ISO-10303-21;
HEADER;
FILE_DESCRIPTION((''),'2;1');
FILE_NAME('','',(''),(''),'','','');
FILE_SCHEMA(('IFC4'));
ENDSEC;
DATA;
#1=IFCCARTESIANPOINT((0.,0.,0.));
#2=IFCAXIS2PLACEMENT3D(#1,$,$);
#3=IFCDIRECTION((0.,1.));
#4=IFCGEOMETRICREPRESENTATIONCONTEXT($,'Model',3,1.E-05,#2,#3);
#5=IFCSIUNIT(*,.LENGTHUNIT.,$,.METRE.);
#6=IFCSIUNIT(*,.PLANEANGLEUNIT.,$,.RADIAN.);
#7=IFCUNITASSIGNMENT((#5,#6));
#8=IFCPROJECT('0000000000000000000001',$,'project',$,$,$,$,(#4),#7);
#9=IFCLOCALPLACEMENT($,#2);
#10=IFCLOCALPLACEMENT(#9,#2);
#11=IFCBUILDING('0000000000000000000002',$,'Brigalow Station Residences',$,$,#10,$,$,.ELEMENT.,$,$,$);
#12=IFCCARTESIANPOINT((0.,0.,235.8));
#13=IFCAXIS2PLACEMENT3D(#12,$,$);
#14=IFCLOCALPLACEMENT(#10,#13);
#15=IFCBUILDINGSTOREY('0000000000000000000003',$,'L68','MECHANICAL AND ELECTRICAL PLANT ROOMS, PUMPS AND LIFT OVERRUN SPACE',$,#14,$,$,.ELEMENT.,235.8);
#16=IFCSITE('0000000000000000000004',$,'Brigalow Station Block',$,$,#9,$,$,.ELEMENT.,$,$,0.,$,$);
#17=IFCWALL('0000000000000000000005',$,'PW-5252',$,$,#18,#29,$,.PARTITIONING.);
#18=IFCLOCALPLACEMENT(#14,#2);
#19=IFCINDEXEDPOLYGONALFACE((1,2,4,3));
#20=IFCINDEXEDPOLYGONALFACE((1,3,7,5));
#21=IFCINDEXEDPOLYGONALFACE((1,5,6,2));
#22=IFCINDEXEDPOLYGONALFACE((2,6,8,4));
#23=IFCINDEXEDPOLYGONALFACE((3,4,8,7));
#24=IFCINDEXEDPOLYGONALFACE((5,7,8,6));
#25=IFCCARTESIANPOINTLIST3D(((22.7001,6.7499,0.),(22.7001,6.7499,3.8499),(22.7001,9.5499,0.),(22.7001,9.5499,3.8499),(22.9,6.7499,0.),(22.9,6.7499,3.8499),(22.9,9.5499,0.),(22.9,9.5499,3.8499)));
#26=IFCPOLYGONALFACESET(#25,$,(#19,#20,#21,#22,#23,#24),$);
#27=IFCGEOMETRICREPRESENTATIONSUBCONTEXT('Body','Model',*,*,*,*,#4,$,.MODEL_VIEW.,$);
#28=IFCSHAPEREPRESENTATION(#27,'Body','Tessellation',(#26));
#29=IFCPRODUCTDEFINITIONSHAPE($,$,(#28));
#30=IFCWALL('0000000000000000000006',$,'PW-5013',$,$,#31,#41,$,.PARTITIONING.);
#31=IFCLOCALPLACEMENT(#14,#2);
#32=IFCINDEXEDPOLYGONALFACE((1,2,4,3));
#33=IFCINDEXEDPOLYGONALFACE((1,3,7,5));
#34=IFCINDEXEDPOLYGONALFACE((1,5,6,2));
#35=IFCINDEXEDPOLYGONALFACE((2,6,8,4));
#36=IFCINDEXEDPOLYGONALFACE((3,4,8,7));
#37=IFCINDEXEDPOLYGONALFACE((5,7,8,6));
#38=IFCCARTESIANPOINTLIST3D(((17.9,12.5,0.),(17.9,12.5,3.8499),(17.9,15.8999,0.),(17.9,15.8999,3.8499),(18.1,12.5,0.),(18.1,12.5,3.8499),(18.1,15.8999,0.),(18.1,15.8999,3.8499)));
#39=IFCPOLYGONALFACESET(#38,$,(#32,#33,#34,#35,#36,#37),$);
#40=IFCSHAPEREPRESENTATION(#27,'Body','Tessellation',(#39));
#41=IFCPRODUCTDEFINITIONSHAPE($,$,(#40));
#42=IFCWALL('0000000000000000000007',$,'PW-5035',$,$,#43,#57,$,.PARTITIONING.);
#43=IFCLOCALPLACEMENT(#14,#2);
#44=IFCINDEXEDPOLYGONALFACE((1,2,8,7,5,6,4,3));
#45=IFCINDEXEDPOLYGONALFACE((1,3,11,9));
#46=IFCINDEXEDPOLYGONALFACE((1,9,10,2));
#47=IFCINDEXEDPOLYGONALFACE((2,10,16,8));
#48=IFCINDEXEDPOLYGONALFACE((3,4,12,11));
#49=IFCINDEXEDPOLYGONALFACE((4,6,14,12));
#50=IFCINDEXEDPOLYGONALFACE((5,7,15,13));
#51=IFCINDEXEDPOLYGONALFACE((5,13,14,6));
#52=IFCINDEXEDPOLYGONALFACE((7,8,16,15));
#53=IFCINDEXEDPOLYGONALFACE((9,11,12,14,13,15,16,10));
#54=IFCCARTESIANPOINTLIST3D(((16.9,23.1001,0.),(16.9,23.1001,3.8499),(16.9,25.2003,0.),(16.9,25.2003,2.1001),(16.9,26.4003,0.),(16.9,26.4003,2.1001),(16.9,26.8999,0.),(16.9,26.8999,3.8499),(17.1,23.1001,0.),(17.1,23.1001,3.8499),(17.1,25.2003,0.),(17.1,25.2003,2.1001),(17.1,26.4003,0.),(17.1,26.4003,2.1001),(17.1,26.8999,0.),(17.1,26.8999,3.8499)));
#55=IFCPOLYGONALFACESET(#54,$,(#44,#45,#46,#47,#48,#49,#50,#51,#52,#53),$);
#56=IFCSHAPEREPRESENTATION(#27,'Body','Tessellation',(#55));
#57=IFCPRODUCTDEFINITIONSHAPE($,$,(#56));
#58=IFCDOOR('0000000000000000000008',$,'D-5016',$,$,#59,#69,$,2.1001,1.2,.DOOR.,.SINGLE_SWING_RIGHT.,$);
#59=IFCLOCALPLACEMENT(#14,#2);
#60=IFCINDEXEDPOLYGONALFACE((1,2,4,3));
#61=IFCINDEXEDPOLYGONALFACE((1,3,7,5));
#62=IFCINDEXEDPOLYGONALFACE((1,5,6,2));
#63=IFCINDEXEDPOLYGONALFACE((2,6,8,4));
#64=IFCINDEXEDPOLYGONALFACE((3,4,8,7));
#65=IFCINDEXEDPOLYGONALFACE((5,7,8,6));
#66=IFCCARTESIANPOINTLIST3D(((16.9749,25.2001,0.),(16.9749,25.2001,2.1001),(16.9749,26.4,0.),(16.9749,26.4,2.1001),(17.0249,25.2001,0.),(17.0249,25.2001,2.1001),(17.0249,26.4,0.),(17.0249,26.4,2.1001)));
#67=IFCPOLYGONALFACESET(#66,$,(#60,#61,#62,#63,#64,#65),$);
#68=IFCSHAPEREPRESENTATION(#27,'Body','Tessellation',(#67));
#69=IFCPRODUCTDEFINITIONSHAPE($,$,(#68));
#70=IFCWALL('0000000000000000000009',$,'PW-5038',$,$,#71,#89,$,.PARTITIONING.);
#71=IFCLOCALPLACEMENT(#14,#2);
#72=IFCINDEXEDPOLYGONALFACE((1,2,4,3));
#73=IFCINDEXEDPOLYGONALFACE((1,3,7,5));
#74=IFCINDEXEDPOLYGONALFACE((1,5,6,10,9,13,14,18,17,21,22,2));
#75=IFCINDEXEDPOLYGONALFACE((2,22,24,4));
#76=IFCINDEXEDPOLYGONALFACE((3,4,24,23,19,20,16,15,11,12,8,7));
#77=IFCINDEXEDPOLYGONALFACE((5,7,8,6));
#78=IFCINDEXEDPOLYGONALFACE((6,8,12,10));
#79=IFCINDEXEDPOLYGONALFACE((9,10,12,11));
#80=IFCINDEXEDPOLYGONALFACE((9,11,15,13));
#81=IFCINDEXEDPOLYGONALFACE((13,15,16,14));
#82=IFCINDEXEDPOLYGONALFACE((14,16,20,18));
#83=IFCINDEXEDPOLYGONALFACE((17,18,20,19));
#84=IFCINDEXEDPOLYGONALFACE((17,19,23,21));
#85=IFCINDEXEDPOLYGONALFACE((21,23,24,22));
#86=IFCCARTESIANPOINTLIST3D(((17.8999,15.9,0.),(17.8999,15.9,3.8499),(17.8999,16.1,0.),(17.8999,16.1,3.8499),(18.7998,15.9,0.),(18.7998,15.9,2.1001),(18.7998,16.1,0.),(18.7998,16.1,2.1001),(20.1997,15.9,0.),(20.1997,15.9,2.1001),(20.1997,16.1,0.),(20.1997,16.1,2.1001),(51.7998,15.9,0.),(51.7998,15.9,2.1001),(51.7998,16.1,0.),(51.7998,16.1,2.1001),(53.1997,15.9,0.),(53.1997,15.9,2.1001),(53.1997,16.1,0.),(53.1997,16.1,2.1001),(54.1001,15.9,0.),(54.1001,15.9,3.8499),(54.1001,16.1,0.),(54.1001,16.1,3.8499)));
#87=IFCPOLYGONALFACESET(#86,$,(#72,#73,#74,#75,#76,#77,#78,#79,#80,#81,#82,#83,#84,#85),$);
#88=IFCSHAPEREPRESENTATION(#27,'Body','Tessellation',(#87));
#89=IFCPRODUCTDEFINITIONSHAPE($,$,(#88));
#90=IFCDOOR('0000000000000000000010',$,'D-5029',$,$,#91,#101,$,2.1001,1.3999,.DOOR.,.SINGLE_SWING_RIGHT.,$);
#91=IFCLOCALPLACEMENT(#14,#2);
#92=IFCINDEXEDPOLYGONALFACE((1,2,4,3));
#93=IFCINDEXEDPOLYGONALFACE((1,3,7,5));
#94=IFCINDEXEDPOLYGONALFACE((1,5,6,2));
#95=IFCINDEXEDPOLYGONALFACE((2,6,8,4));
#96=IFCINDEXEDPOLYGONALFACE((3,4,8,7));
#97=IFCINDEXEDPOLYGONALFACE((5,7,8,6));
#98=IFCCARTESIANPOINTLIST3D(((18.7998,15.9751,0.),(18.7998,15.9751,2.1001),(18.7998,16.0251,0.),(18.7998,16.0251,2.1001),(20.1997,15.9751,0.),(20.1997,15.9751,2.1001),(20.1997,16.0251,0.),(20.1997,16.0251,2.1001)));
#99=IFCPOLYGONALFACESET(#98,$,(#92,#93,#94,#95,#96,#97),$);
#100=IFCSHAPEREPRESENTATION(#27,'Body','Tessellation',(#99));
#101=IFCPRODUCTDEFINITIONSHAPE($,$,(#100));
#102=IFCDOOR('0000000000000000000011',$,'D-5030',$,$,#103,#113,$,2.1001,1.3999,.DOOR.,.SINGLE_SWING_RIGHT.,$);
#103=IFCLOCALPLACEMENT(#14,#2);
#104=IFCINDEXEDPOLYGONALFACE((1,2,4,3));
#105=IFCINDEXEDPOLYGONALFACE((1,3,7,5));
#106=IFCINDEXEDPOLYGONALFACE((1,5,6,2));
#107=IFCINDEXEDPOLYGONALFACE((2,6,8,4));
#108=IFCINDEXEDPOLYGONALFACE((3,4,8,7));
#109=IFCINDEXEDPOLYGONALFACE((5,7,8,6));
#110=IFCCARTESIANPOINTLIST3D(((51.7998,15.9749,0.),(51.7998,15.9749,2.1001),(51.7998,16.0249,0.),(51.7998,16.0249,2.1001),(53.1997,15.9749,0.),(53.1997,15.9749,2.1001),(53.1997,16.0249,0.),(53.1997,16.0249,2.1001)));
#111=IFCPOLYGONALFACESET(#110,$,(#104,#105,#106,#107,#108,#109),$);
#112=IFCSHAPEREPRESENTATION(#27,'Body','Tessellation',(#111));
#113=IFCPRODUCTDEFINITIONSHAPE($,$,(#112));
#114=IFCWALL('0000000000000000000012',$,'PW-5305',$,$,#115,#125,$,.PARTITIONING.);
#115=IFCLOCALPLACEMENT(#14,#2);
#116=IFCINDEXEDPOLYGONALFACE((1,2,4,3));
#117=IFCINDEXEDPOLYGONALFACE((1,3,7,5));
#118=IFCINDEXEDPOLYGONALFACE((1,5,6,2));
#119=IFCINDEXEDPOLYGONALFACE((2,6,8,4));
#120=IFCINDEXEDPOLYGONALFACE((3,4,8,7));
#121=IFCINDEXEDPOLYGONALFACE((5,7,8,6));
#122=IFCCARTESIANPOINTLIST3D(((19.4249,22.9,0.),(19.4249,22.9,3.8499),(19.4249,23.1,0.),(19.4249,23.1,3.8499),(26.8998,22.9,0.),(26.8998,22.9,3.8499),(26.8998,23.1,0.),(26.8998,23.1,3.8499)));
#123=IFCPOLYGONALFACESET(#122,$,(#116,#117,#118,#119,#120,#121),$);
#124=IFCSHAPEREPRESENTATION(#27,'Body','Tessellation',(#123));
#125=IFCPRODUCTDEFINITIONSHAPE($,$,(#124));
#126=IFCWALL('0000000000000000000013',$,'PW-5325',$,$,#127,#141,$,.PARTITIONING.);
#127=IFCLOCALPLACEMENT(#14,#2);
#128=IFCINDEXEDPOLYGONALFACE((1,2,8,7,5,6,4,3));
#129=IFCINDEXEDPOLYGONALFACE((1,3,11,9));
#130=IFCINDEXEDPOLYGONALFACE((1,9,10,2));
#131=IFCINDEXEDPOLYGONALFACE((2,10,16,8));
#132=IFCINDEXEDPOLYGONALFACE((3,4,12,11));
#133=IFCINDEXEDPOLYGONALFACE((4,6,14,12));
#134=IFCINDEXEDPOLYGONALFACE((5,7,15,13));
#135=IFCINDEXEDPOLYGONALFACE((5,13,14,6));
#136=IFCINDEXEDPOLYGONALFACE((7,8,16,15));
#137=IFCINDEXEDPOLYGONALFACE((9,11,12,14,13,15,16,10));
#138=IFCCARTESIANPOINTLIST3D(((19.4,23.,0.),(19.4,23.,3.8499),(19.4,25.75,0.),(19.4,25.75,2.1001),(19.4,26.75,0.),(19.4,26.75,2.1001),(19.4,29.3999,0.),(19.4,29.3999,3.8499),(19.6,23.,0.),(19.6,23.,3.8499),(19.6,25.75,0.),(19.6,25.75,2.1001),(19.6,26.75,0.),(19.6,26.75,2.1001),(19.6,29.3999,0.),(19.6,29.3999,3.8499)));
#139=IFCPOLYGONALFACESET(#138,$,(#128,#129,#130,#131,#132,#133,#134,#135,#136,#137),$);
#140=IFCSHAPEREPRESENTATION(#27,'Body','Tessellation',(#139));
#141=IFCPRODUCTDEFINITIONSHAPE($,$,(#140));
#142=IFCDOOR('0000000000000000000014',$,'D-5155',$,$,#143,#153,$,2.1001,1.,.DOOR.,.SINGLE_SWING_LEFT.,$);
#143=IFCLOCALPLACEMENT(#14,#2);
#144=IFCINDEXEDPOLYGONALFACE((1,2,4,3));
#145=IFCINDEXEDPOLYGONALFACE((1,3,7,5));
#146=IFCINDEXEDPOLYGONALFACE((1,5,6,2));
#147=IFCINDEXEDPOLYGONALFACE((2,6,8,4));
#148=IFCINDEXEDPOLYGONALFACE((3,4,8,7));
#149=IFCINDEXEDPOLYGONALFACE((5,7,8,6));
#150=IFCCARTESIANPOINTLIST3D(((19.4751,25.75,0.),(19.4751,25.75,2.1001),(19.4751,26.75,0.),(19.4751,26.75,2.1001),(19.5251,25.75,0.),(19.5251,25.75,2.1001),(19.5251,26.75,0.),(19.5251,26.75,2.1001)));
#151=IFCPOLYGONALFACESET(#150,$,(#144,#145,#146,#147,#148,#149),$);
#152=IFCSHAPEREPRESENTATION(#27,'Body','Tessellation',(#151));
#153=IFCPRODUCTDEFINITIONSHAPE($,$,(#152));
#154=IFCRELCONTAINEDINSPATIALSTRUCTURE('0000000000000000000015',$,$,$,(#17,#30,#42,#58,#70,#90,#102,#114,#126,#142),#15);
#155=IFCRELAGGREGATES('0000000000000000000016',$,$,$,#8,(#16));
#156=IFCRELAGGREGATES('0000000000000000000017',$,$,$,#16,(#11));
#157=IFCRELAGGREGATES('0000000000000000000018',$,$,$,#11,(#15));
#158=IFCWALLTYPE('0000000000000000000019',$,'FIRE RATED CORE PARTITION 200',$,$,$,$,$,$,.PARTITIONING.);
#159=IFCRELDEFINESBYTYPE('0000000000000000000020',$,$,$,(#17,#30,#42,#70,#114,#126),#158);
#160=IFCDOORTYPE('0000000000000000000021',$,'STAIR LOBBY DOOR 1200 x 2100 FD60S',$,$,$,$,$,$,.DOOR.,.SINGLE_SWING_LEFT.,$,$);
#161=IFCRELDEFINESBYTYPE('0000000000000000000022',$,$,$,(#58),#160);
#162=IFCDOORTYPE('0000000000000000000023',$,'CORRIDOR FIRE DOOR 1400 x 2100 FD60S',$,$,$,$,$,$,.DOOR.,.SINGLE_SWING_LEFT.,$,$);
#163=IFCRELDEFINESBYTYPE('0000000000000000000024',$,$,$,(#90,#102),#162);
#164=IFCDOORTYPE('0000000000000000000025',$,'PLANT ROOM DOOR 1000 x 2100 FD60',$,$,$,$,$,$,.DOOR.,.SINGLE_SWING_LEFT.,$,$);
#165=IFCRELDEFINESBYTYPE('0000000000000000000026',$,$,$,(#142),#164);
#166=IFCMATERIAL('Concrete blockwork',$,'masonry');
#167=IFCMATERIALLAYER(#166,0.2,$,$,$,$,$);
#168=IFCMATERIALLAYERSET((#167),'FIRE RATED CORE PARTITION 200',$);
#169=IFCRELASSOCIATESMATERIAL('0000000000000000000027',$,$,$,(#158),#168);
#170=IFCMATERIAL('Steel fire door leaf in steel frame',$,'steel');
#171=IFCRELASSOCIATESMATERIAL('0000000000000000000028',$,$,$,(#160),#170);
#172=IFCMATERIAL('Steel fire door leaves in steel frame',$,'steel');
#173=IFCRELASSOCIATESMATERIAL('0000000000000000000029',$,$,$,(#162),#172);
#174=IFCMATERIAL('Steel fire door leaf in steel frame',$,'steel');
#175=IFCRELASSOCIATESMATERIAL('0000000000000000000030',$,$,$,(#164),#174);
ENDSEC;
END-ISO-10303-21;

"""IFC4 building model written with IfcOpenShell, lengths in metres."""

from ifc_helpers import new_model, si_unit, direction, frame, frame_2d, origin, place, context, subcontext, project, spatial, rectangle, extrude, material, layer, layer_set, type_object, element, fill, save


model = new_model("IFC4")

# Units and contexts
model_context = context("Model", 3, precision=1e-05, world=origin(), true_north=direction((0.0, 1.0)))
body_context = subcontext(model_context, "Body", "Model", "MODEL_VIEW")
ifc_project = project(units=[si_unit("LENGTHUNIT", "METRE"), si_unit("PLANEANGLEUNIT", "RADIAN")], contexts=[model_context])

# Site, building, storey
site_placement = place(None, origin())
site = spatial("IfcSite", under=ifc_project, at=site_placement, Name="Brigalow Station Block", CompositionType="ELEMENT", RefElevation=0.0)
building_placement = place(site_placement, origin())
building = spatial("IfcBuilding", under=site, at=building_placement, Name="Brigalow Station Residences", CompositionType="ELEMENT")
storey_placement = place(building_placement, frame((0.0, 0.0, 235.8)))
storey = spatial("IfcBuildingStorey", under=building, at=storey_placement, Name="L68", Description="MECHANICAL AND ELECTRICAL PLANT ROOMS, PUMPS AND LIFT OVERRUN SPACE", CompositionType="ELEMENT", Elevation=235.8)

# Walls
ifc_material_1 = material(Name="Concrete blockwork", Category="masonry")
ifc_layer_1 = layer(ifc_material_1, 0.2)
ifc_layer_set_1 = layer_set([ifc_layer_1], Name="FIRE RATED CORE PARTITION 200")
wall_type_1 = type_object("IfcWallType", Name="FIRE RATED CORE PARTITION 200", PredefinedType="PARTITIONING", material=ifc_layer_set_1)
wall_1_placement = place(storey_placement, frame((22.8, 6.75, 0.0), z_axis=(0.0, 0.0, 1.0), x_axis=(0.0, 1.0, 0.0)))
element("IfcWall", 1, at=wall_1_placement, inside=storey, type_object=wall_type_1, Name="PW-5252", PredefinedType="PARTITIONING", context=body_context, shape_type="SweptSolid", body=[
    extrude(rectangle(XDim=2.8, YDim=0.2, at=frame_2d((1.3999, 0.0))), origin(), (0.0, 0.0, 1.0), 3.8499),
])
wall_2_placement = place(storey_placement, frame((18.0, 12.5, 0.0), z_axis=(0.0, 0.0, 1.0), x_axis=(0.0, 1.0, 0.0)))
element("IfcWall", 2, at=wall_2_placement, inside=storey, type_object=wall_type_1, Name="PW-5013", PredefinedType="PARTITIONING", context=body_context, shape_type="SweptSolid", body=[
    extrude(rectangle(XDim=3.3999, YDim=0.2, at=frame_2d((1.7, 0.0))), origin(), (0.0, 0.0, 1.0), 3.8499),
])

# Wall, opening, door
wall_3_placement = place(storey_placement, frame((17.0, 23.1001, 0.0), z_axis=(0.0, 0.0, 1.0), x_axis=(0.0, 1.0, 0.0)))
wall_3 = element("IfcWall", 3, at=wall_3_placement, inside=storey, type_object=wall_type_1, Name="PW-5035", PredefinedType="PARTITIONING", context=body_context, shape_type="SweptSolid", body=[
    extrude(rectangle(XDim=3.7998, YDim=0.2, at=frame_2d((1.8999, 0.0))), origin(), (0.0, 0.0, 1.0), 3.8499),
])
opening_1_placement = place(wall_3_placement, frame((2.1001, 0.0, 0.0)))
opening_1 = element("IfcOpeningElement", 4, at=opening_1_placement, cuts=wall_3, PredefinedType="OPENING", context=body_context, shape_type="SweptSolid", body=[
    extrude(rectangle(XDim=1.2, YDim=2.1001, at=frame_2d((0.6001, 1.05))), frame((0.0, 0.1099, 0.0), z_axis=(0.0, -1.0, 0.0), x_axis=(1.0, 0.0, 0.0)), (0.0, 0.0, 1.0), 0.22),
])
ifc_material_2 = material(Name="Steel fire door leaf in steel frame", Category="steel")
door_type_1 = type_object("IfcDoorType", Name="STAIR LOBBY DOOR 1200 x 2100 FD60S", OperationType="SINGLE_SWING_LEFT", PredefinedType="DOOR", material=ifc_material_2)
door_1_placement = place(opening_1_placement, frame((1.2, 0.0, 0.0), z_axis=(0.0, 0.0, 1.0), x_axis=(-1.0, 0.0, 0.0)))
door_1 = element("IfcDoor", 5, at=door_1_placement, inside=storey, type_object=door_type_1, Name="D-5016", OperationType="SINGLE_SWING_RIGHT", OverallHeight=2.1001, OverallWidth=1.2, PredefinedType="DOOR", context=body_context, shape_type="SweptSolid", body=[
    extrude(rectangle(XDim=1.2, YDim=2.1001, at=frame_2d((0.6001, 1.05))), frame((0.0, 0.0249, 0.0), z_axis=(0.0, -1.0, 0.0), x_axis=(1.0, 0.0, 0.0)), (0.0, 0.0, 1.0), 0.05),
])
fill(opening_1, door_1)

# Wall, openings, doors
wall_4_placement = place(storey_placement, frame((17.8999, 16.0, 0.0), z_axis=(0.0, 0.0, 1.0), x_axis=(1.0, 0.0, 0.0)))
wall_4 = element("IfcWall", 6, at=wall_4_placement, inside=storey, type_object=wall_type_1, Name="PW-5038", PredefinedType="PARTITIONING", context=body_context, shape_type="SweptSolid", body=[
    extrude(rectangle(XDim=36.2002, YDim=0.2, at=frame_2d((18.1001, 0.0))), origin(), (0.0, 0.0, 1.0), 3.8499),
])
opening_2_placement = place(wall_4_placement, frame((0.8999, 0.0, 0.0)))
opening_2 = element("IfcOpeningElement", 7, at=opening_2_placement, cuts=wall_4, PredefinedType="OPENING", context=body_context, shape_type="SweptSolid", body=[
    extrude(rectangle(XDim=1.3999, YDim=2.1001, at=frame_2d((0.7, 1.05))), frame((0.0, 0.1099, 0.0), z_axis=(0.0, -1.0, 0.0), x_axis=(1.0, 0.0, 0.0)), (0.0, 0.0, 1.0), 0.22),
])
opening_3_placement = place(wall_4_placement, frame((33.8999, 0.0, 0.0)))
opening_3 = element("IfcOpeningElement", 8, at=opening_3_placement, cuts=wall_4, PredefinedType="OPENING", context=body_context, shape_type="SweptSolid", body=[
    extrude(rectangle(XDim=1.3999, YDim=2.1001, at=frame_2d((0.7, 1.05))), frame((0.0, 0.1099, 0.0), z_axis=(0.0, -1.0, 0.0), x_axis=(1.0, 0.0, 0.0)), (0.0, 0.0, 1.0), 0.22),
])
ifc_material_3 = material(Name="Steel fire door leaves in steel frame", Category="steel")
door_type_2 = type_object("IfcDoorType", Name="CORRIDOR FIRE DOOR 1400 x 2100 FD60S", OperationType="SINGLE_SWING_LEFT", PredefinedType="DOOR", material=ifc_material_3)
door_2_placement = place(opening_2_placement, frame((1.3999, 0.0, 0.0), z_axis=(0.0, 0.0, 1.0), x_axis=(-1.0, 0.0, 0.0)))
door_2 = element("IfcDoor", 9, at=door_2_placement, inside=storey, type_object=door_type_2, Name="D-5029", OperationType="SINGLE_SWING_RIGHT", OverallHeight=2.1001, OverallWidth=1.3999, PredefinedType="DOOR", context=body_context, shape_type="SweptSolid", body=[
    extrude(rectangle(XDim=1.3999, YDim=2.1001, at=frame_2d((0.7, 1.05))), frame((0.0, 0.0249, 0.0), z_axis=(0.0, -1.0, 0.0), x_axis=(1.0, 0.0, 0.0)), (0.0, 0.0, 1.0), 0.05),
])
fill(opening_2, door_2)
door_3_placement = place(opening_3_placement, origin())
door_3 = element("IfcDoor", 10, at=door_3_placement, inside=storey, type_object=door_type_2, Name="D-5030", OperationType="SINGLE_SWING_RIGHT", OverallHeight=2.1001, OverallWidth=1.3999, PredefinedType="DOOR", context=body_context, shape_type="SweptSolid", body=[
    extrude(rectangle(XDim=1.3999, YDim=2.1001, at=frame_2d((0.7, 1.05))), frame((0.0, 0.0249, 0.0), z_axis=(0.0, -1.0, 0.0), x_axis=(1.0, 0.0, 0.0)), (0.0, 0.0, 1.0), 0.05),
])
fill(opening_3, door_3)

# Wall
wall_5_placement = place(storey_placement, frame((19.425, 23.0, 0.0), z_axis=(0.0, 0.0, 1.0), x_axis=(1.0, 0.0, 0.0)))
element("IfcWall", 11, at=wall_5_placement, inside=storey, type_object=wall_type_1, Name="PW-5305", PredefinedType="PARTITIONING", context=body_context, shape_type="SweptSolid", body=[
    extrude(rectangle(XDim=7.4749, YDim=0.2, at=frame_2d((3.7373, 0.0))), origin(), (0.0, 0.0, 1.0), 3.8499),
])

# Wall, opening, door
wall_6_placement = place(storey_placement, frame((19.5, 23.0, 0.0), z_axis=(0.0, 0.0, 1.0), x_axis=(0.0, 1.0, 0.0)))
wall_6 = element("IfcWall", 12, at=wall_6_placement, inside=storey, type_object=wall_type_1, Name="PW-5325", PredefinedType="PARTITIONING", context=body_context, shape_type="SweptSolid", body=[
    extrude(rectangle(XDim=6.3999, YDim=0.2, at=frame_2d((3.2, 0.0))), origin(), (0.0, 0.0, 1.0), 3.8499),
])
opening_4_placement = place(wall_6_placement, frame((2.75, 0.0, 0.0)))
opening_4 = element("IfcOpeningElement", 13, at=opening_4_placement, cuts=wall_6, PredefinedType="OPENING", context=body_context, shape_type="SweptSolid", body=[
    extrude(rectangle(XDim=1.0, YDim=2.1001, at=frame_2d((0.5, 1.05))), frame((0.0, 0.1099, 0.0), z_axis=(0.0, -1.0, 0.0), x_axis=(1.0, 0.0, 0.0)), (0.0, 0.0, 1.0), 0.22),
])
ifc_material_4 = material(Name="Steel fire door leaf in steel frame", Category="steel")
door_type_3 = type_object("IfcDoorType", Name="PLANT ROOM DOOR 1000 x 2100 FD60", OperationType="SINGLE_SWING_LEFT", PredefinedType="DOOR", material=ifc_material_4)
door_4_placement = place(opening_4_placement, origin())
door_4 = element("IfcDoor", 14, at=door_4_placement, inside=storey, type_object=door_type_3, Name="D-5155", OperationType="SINGLE_SWING_LEFT", OverallHeight=2.1001, OverallWidth=1.0, PredefinedType="DOOR", context=body_context, shape_type="SweptSolid", body=[
    extrude(rectangle(XDim=1.0, YDim=2.1001, at=frame_2d((0.5, 1.05))), frame((0.0, 0.0249, 0.0), z_axis=(0.0, -1.0, 0.0), x_axis=(1.0, 0.0, 0.0)), (0.0, 0.0, 1.0), 0.05),
])
fill(opening_4, door_4)

save(model, "model.ifc")
